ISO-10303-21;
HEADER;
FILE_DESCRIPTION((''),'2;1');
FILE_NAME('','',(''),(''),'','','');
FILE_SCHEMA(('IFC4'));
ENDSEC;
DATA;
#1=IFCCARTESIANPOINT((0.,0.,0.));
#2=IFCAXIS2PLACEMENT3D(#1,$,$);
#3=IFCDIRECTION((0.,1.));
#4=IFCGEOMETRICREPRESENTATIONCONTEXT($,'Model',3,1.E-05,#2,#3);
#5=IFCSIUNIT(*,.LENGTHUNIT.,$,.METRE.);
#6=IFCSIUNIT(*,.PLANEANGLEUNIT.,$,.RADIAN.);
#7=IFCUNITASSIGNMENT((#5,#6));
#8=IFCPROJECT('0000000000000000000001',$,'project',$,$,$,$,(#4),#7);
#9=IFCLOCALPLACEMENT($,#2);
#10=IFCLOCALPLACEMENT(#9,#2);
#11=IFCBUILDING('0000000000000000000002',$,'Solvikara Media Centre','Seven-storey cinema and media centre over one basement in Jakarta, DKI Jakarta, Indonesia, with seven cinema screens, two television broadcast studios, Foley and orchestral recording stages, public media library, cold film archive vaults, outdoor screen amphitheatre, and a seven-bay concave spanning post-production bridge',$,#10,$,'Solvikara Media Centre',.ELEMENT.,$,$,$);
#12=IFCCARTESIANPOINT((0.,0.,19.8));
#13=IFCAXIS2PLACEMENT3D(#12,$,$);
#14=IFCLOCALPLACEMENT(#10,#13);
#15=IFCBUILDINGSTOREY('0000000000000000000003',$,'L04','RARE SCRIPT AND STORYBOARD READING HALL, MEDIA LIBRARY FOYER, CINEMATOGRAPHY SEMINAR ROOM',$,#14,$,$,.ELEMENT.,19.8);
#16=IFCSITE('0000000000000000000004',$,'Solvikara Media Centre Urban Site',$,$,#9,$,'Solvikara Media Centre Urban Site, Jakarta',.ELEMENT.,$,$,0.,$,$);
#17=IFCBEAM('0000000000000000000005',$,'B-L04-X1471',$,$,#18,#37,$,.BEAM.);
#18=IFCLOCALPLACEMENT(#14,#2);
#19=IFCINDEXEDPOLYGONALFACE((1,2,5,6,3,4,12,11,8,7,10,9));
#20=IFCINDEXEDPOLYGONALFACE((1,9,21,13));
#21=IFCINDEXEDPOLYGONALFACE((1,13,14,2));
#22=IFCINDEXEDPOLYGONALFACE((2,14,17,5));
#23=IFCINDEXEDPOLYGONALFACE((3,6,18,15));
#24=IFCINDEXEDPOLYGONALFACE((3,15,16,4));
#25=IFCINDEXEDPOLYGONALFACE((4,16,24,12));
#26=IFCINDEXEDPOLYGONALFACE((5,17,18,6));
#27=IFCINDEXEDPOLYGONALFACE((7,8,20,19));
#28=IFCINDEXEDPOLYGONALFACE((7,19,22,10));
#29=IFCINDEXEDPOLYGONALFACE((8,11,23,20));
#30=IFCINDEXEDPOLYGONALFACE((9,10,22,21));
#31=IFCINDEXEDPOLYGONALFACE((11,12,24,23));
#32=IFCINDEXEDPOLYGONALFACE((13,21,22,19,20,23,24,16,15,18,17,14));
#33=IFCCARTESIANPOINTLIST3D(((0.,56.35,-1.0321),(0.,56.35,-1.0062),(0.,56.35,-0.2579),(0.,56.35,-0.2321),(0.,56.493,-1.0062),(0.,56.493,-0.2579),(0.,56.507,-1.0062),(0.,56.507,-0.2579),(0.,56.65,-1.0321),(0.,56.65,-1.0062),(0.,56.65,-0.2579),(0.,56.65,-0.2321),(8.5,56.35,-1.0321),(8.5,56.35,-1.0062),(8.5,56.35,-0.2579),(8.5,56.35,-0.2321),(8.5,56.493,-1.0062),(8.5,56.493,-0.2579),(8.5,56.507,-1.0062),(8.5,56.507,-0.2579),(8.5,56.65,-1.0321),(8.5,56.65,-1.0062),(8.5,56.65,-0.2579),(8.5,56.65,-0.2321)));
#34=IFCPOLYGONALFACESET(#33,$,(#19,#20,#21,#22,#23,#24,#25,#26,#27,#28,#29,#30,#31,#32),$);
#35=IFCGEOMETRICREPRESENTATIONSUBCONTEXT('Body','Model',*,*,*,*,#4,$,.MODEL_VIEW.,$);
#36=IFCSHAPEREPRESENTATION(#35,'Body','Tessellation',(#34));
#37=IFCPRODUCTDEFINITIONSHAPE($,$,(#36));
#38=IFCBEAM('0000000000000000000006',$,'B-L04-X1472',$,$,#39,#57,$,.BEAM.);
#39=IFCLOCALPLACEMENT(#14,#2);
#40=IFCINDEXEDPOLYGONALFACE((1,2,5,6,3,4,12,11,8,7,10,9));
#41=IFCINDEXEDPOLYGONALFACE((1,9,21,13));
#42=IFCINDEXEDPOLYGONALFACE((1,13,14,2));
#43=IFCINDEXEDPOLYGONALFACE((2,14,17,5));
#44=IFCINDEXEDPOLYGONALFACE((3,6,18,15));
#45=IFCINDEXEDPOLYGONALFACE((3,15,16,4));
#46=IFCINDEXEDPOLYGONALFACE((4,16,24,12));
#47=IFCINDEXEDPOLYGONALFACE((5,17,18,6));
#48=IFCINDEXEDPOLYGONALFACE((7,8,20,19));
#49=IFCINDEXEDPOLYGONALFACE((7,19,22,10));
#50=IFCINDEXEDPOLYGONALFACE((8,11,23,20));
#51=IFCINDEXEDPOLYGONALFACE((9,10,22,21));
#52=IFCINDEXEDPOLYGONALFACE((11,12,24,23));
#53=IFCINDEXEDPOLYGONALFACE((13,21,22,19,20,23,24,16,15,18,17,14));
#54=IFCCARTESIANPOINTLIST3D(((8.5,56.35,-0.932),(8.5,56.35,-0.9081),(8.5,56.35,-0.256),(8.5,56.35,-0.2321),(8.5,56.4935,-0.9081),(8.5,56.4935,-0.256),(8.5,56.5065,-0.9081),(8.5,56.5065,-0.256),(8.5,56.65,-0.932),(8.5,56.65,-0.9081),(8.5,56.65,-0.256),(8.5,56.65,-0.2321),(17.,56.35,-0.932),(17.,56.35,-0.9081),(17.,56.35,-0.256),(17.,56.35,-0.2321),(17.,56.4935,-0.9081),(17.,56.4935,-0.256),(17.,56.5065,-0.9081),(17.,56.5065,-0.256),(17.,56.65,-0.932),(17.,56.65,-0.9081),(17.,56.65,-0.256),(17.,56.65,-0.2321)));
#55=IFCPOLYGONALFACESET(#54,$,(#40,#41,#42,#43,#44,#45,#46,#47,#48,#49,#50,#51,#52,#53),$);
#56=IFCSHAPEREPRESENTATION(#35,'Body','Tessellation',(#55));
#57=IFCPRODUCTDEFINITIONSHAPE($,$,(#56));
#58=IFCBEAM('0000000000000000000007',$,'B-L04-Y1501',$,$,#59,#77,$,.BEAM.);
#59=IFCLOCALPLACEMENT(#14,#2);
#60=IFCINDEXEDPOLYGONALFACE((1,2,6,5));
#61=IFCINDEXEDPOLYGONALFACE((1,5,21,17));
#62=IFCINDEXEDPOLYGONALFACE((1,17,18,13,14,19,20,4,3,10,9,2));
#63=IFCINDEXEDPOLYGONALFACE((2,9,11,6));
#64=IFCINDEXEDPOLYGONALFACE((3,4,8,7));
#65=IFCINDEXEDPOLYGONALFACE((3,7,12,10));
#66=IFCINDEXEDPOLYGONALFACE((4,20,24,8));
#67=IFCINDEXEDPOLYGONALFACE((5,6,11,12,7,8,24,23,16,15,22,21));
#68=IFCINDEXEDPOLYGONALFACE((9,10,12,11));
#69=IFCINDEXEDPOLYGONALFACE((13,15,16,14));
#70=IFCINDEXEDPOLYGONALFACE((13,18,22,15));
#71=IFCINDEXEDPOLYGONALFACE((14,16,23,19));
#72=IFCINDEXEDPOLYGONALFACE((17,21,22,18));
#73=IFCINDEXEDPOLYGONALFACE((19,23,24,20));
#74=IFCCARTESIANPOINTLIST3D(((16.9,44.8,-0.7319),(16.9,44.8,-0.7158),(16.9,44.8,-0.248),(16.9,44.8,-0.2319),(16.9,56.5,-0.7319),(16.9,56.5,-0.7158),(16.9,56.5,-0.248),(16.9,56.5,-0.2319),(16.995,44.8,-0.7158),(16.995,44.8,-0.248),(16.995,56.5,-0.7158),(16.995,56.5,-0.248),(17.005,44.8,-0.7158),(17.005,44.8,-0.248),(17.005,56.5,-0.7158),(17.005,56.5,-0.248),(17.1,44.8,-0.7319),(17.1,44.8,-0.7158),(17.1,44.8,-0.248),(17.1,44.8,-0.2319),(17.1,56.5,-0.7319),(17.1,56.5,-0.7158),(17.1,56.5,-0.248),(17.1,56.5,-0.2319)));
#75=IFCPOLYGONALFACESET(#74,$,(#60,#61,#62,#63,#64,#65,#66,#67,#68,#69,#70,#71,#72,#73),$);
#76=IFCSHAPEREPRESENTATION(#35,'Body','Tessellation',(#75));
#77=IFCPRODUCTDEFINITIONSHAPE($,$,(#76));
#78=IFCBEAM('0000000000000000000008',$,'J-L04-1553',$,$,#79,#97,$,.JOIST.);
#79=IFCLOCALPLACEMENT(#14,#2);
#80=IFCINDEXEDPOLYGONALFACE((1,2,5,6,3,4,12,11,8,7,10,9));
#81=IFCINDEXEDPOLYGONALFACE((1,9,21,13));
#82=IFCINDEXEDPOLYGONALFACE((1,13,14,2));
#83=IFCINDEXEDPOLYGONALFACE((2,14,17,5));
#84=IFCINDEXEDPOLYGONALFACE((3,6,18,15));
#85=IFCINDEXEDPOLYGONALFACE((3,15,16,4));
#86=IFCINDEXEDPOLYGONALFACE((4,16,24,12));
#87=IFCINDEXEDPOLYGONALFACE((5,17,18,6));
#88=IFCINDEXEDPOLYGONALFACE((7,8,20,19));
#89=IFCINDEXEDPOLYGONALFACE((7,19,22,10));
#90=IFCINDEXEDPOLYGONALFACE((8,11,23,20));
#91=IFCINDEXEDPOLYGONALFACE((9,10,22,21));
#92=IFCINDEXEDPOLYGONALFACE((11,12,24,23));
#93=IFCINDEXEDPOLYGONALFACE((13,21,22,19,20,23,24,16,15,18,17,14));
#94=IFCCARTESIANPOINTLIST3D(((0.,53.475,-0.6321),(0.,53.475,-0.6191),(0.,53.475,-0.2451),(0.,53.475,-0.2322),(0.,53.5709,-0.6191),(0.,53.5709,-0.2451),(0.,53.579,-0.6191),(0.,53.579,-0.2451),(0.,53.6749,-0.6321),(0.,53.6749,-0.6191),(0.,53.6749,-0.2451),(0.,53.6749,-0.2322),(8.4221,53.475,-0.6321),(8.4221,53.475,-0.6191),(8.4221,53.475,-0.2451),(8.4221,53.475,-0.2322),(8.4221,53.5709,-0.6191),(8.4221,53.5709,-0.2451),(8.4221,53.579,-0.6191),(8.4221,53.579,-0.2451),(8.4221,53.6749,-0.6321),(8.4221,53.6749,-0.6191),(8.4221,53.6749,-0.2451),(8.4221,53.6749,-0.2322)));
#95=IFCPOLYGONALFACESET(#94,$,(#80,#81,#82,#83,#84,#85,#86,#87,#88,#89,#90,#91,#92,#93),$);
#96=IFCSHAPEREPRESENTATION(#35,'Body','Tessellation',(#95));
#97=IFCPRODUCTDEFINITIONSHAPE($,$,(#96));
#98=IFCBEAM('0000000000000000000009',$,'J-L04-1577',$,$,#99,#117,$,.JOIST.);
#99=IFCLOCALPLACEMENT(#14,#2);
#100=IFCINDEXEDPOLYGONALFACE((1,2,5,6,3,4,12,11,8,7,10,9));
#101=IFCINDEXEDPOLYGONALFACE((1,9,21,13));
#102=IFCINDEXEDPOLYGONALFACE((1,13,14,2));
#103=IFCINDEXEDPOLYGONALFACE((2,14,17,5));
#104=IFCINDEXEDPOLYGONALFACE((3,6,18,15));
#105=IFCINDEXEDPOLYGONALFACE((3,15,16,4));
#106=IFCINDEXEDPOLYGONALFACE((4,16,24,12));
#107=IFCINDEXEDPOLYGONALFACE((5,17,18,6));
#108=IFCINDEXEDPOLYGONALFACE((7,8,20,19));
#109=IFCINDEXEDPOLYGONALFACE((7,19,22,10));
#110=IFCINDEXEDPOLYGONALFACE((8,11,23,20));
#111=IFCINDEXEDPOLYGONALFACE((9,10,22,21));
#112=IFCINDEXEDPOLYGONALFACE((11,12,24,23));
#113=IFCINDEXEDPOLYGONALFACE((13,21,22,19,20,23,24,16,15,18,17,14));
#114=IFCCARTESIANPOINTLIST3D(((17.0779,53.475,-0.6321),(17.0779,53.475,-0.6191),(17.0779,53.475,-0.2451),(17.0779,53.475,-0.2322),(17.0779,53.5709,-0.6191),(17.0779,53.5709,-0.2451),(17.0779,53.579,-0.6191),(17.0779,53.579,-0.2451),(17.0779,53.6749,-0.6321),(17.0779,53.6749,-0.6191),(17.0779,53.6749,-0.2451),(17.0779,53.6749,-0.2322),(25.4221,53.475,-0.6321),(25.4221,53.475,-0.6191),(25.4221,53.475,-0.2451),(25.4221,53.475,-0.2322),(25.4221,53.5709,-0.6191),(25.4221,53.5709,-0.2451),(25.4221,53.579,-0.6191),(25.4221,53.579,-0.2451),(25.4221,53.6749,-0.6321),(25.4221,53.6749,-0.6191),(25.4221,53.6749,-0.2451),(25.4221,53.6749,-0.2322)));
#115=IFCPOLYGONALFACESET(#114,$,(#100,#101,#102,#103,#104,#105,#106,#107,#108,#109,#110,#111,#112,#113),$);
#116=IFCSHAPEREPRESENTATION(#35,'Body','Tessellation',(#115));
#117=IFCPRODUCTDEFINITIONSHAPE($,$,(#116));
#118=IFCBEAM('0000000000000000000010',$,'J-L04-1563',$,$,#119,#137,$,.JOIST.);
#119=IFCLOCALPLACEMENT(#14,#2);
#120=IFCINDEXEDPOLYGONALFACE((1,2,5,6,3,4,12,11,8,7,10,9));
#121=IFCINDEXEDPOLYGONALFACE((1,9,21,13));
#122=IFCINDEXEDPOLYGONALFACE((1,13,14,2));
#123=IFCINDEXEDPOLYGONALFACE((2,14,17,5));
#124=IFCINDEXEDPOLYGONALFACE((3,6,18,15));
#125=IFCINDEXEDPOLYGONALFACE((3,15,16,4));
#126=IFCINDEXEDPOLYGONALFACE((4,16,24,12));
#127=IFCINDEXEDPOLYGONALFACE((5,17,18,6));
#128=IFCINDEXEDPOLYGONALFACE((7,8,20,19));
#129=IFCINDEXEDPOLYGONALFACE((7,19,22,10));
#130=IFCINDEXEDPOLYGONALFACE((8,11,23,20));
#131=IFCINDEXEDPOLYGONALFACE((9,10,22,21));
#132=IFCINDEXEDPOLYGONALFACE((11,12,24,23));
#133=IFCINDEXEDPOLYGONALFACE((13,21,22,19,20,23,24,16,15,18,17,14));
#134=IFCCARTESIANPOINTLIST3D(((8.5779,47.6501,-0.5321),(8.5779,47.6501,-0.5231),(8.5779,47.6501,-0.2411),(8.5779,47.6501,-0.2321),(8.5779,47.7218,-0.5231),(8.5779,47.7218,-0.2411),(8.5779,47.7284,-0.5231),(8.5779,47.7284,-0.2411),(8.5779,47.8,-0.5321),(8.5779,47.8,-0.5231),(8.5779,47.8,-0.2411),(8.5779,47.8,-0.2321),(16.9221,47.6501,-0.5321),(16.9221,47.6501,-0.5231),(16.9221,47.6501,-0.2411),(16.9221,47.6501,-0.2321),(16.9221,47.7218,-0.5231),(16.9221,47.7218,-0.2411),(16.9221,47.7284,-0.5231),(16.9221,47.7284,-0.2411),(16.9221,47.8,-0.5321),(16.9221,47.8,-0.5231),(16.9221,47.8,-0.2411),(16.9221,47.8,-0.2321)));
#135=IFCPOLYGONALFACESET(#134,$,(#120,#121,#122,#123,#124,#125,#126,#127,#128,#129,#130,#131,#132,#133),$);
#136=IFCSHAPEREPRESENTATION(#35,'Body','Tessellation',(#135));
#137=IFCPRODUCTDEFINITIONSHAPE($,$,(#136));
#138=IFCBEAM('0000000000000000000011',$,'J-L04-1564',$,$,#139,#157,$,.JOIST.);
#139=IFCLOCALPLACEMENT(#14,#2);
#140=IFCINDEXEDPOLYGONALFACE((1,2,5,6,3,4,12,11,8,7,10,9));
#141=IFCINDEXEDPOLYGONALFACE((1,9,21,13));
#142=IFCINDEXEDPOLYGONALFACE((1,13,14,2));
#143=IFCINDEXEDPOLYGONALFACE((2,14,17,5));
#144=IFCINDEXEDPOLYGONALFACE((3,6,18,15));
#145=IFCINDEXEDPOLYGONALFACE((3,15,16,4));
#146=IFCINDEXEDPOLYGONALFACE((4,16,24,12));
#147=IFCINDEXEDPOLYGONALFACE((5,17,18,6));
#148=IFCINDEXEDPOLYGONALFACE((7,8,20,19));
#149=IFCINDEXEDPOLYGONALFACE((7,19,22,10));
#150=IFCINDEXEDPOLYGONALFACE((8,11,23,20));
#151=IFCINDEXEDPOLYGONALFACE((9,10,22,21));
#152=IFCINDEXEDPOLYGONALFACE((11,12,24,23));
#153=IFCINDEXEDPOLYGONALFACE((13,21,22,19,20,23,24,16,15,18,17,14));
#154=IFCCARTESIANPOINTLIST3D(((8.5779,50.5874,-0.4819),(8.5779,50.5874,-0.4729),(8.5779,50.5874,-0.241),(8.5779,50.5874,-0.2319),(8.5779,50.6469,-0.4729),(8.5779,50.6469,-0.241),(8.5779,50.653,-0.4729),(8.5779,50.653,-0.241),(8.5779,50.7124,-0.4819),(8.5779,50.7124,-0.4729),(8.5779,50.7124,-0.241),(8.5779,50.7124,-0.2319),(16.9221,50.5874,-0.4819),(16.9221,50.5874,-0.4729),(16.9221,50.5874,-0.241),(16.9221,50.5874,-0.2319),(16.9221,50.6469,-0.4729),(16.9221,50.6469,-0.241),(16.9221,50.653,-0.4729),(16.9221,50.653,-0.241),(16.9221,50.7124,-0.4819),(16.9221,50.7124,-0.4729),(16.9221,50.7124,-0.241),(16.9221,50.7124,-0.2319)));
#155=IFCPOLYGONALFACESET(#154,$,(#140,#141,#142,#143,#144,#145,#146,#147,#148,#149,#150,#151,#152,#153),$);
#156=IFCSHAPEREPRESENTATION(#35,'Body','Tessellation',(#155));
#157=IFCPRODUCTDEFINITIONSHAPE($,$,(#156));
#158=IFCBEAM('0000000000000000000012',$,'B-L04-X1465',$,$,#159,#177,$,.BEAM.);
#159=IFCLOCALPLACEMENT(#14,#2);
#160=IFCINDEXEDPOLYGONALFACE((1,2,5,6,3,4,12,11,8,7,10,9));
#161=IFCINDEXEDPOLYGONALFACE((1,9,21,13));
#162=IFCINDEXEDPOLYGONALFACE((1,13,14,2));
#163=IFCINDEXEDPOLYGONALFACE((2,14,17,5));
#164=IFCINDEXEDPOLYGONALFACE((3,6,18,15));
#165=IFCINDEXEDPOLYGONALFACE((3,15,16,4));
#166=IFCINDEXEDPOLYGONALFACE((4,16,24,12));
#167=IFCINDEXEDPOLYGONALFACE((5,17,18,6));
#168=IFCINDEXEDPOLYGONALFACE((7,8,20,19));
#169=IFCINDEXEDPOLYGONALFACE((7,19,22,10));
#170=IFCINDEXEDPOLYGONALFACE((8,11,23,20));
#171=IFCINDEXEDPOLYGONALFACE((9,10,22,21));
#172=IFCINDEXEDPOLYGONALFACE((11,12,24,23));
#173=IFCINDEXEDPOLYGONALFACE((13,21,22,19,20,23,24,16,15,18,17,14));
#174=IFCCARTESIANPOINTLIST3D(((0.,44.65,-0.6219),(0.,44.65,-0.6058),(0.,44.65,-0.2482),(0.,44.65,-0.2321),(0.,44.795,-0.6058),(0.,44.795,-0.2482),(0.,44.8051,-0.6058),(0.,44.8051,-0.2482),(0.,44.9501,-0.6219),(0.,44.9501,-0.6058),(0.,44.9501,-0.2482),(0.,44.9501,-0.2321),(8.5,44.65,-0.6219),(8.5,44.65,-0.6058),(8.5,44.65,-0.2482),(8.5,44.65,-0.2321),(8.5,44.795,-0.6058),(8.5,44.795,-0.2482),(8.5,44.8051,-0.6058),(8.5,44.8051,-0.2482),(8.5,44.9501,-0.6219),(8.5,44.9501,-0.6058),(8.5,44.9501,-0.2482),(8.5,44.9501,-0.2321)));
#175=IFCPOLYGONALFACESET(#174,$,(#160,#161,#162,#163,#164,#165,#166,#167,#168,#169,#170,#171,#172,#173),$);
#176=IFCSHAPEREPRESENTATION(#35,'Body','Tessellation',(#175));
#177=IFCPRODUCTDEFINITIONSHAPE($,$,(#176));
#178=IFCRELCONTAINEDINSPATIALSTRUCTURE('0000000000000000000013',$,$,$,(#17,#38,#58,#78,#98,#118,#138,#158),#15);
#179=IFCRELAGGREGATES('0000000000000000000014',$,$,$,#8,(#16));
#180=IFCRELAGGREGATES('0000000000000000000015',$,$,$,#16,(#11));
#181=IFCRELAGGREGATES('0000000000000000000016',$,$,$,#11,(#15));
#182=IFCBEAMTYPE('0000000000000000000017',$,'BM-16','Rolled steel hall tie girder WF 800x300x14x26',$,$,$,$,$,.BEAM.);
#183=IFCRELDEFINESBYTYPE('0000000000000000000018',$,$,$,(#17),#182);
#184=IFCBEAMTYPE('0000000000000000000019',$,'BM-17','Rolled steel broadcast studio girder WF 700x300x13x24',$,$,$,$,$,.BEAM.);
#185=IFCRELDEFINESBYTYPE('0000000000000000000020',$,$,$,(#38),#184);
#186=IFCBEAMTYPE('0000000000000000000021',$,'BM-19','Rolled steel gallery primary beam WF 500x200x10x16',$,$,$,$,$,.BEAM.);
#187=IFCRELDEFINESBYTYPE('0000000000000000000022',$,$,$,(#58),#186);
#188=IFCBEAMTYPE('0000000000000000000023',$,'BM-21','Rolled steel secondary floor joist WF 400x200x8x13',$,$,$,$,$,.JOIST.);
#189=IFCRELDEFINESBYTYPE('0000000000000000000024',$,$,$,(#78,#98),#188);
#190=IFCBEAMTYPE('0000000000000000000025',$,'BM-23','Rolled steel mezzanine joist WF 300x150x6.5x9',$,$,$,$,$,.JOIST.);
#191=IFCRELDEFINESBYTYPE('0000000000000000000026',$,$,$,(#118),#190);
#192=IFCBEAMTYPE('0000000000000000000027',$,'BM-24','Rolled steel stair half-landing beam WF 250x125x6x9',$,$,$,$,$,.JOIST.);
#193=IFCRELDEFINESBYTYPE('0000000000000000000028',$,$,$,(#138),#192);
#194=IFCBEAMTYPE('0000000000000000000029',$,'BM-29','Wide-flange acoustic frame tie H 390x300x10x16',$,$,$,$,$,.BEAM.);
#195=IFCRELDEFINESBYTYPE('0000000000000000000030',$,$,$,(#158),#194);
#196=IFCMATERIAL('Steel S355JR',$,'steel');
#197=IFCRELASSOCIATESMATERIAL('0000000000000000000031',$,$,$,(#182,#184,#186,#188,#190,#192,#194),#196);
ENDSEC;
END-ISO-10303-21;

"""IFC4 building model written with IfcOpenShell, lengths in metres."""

from ifc_helpers import new_model, si_unit, direction, frame, origin, origin_2d, place, context, subcontext, project, spatial, i_section, extrude, material, material_profile, profile_set, type_object, element, save


model = new_model("IFC4")

# Units and contexts
model_context = context("Model", 3, precision=1e-05, world=origin(), true_north=direction((0.0, 1.0)))
body_context = subcontext(model_context, "Body", "Model", "MODEL_VIEW")
ifc_project = project(units=[si_unit("LENGTHUNIT", "METRE"), si_unit("PLANEANGLEUNIT", "RADIAN")], contexts=[model_context])

# Site, building, storey
site_placement = place(None, origin())
site = spatial("IfcSite", under=ifc_project, at=site_placement, Name="Solvikara Media Centre Urban Site", LongName="Solvikara Media Centre Urban Site, Jakarta", CompositionType="ELEMENT", RefElevation=0.0)
building_placement = place(site_placement, origin())
building = spatial("IfcBuilding", under=site, at=building_placement, Name="Solvikara Media Centre", Description="Seven-storey cinema and media centre over one basement in Jakarta, DKI Jakarta, Indonesia, with seven cinema screens, two television broadcast studios, Foley and orchestral recording stages, public media library, cold film archive vaults, outdoor screen amphitheatre, and a seven-bay concave spanning post-production bridge", LongName="Solvikara Media Centre", CompositionType="ELEMENT")
storey_placement = place(building_placement, frame((0.0, 0.0, 19.8)))
storey = spatial("IfcBuildingStorey", under=building, at=storey_placement, Name="L04", Description="RARE SCRIPT AND STORYBOARD READING HALL, MEDIA LIBRARY FOYER, CINEMATOGRAPHY SEMINAR ROOM", CompositionType="ELEMENT", Elevation=19.8)

# Beams
ifc_material = material(Name="Steel S355JR", Category="steel")
ifc_material_profile_1 = material_profile(ifc_material, i_section(OverallWidth=0.3, OverallDepth=0.8, WebThickness=0.0139, FlangeThickness=0.0259, at=origin_2d()), Name="WF 800x300x14x26")
ifc_profile_set_1 = profile_set([ifc_material_profile_1], Name="Steel S355JR")
beam_type_1 = type_object("IfcBeamType", Name="BM-16", Description="Rolled steel hall tie girder WF 800x300x14x26", PredefinedType="BEAM", material=ifc_profile_set_1)
beam_1_placement = place(storey_placement, frame((0.0, 56.5, -0.6321), z_axis=(1.0, 0.0, 0.0), x_axis=(0.0, 1.0, 0.0)))
element("IfcBeam", 1, at=beam_1_placement, inside=storey, type_object=beam_type_1, Name="B-L04-X1471", PredefinedType="BEAM", context=body_context, shape_type="SweptSolid", body=[
    extrude(i_section(OverallWidth=0.3, OverallDepth=0.8, WebThickness=0.0139, FlangeThickness=0.0259, at=origin_2d()), origin(), (0.0, 0.0, 1.0), 8.5),
])
ifc_material_profile_2 = material_profile(ifc_material, i_section(OverallWidth=0.3, OverallDepth=0.7, WebThickness=0.0129, FlangeThickness=0.0239, at=origin_2d()), Name="WF 700x300x13x24")
ifc_profile_set_2 = profile_set([ifc_material_profile_2], Name="Steel S355JR")
beam_type_2 = type_object("IfcBeamType", Name="BM-17", Description="Rolled steel broadcast studio girder WF 700x300x13x24", PredefinedType="BEAM", material=ifc_profile_set_2)
beam_2_placement = place(storey_placement, frame((8.5, 56.5, -0.582), z_axis=(1.0, 0.0, 0.0), x_axis=(0.0, 1.0, 0.0)))
element("IfcBeam", 2, at=beam_2_placement, inside=storey, type_object=beam_type_2, Name="B-L04-X1472", PredefinedType="BEAM", context=body_context, shape_type="SweptSolid", body=[
    extrude(i_section(OverallWidth=0.3, OverallDepth=0.7, WebThickness=0.0129, FlangeThickness=0.0239, at=origin_2d()), origin(), (0.0, 0.0, 1.0), 8.5),
])
ifc_material_profile_3 = material_profile(ifc_material, i_section(OverallWidth=0.2, OverallDepth=0.5, WebThickness=0.01, FlangeThickness=0.0161, at=origin_2d()), Name="WF 500x200x10x16")
ifc_profile_set_3 = profile_set([ifc_material_profile_3], Name="Steel S355JR")
beam_type_3 = type_object("IfcBeamType", Name="BM-19", Description="Rolled steel gallery primary beam WF 500x200x10x16", PredefinedType="BEAM", material=ifc_profile_set_3)
beam_3_placement = place(storey_placement, frame((17.0, 44.8, -0.4819), z_axis=(0.0, 1.0, 0.0), x_axis=(-1.0, 0.0, 0.0)))
element("IfcBeam", 3, at=beam_3_placement, inside=storey, type_object=beam_type_3, Name="B-L04-Y1501", PredefinedType="BEAM", context=body_context, shape_type="SweptSolid", body=[
    extrude(i_section(OverallWidth=0.2, OverallDepth=0.5, WebThickness=0.01, FlangeThickness=0.0161, at=origin_2d()), origin(), (0.0, 0.0, 1.0), 11.7),
])
ifc_material_profile_4 = material_profile(ifc_material, i_section(OverallWidth=0.2, OverallDepth=0.3999, WebThickness=0.0081, FlangeThickness=0.0129, at=origin_2d()), Name="WF 400x200x8x13")
ifc_profile_set_4 = profile_set([ifc_material_profile_4], Name="Steel S355JR")
beam_type_4 = type_object("IfcBeamType", Name="BM-21", Description="Rolled steel secondary floor joist WF 400x200x8x13", PredefinedType="JOIST", material=ifc_profile_set_4)
beam_4_placement = place(storey_placement, frame((0.0, 53.575, -0.4321), z_axis=(1.0, 0.0, 0.0), x_axis=(0.0, 1.0, 0.0)))
element("IfcBeam", 4, at=beam_4_placement, inside=storey, type_object=beam_type_4, Name="J-L04-1553", PredefinedType="JOIST", context=body_context, shape_type="SweptSolid", body=[
    extrude(i_section(OverallWidth=0.2, OverallDepth=0.3999, WebThickness=0.0081, FlangeThickness=0.0129, at=origin_2d()), origin(), (0.0, 0.0, 1.0), 8.4221),
])
beam_5_placement = place(storey_placement, frame((17.0779, 53.575, -0.4321), z_axis=(1.0, 0.0, 0.0), x_axis=(0.0, 1.0, 0.0)))
element("IfcBeam", 5, at=beam_5_placement, inside=storey, type_object=beam_type_4, Name="J-L04-1577", PredefinedType="JOIST", context=body_context, shape_type="SweptSolid", body=[
    extrude(i_section(OverallWidth=0.2, OverallDepth=0.3999, WebThickness=0.0081, FlangeThickness=0.0129, at=origin_2d()), origin(), (0.0, 0.0, 1.0), 8.3442),
])
ifc_material_profile_5 = material_profile(ifc_material, i_section(OverallWidth=0.1499, OverallDepth=0.3, WebThickness=0.0066, FlangeThickness=0.009, at=origin_2d()), Name="WF 300x150x6.5x9")
ifc_profile_set_5 = profile_set([ifc_material_profile_5], Name="Steel S355JR")
beam_type_5 = type_object("IfcBeamType", Name="BM-23", Description="Rolled steel mezzanine joist WF 300x150x6.5x9", PredefinedType="JOIST", material=ifc_profile_set_5)
beam_6_placement = place(storey_placement, frame((8.5779, 47.7251, -0.3821), z_axis=(1.0, 0.0, 0.0), x_axis=(0.0, 1.0, 0.0)))
element("IfcBeam", 6, at=beam_6_placement, inside=storey, type_object=beam_type_5, Name="J-L04-1563", PredefinedType="JOIST", context=body_context, shape_type="SweptSolid", body=[
    extrude(i_section(OverallWidth=0.1499, OverallDepth=0.3, WebThickness=0.0066, FlangeThickness=0.009, at=origin_2d()), origin(), (0.0, 0.0, 1.0), 8.3442),
])
ifc_material_profile_6 = material_profile(ifc_material, i_section(OverallWidth=0.125, OverallDepth=0.25, WebThickness=0.0061, FlangeThickness=0.009, at=origin_2d()), Name="WF 250x125x6x9")
ifc_profile_set_6 = profile_set([ifc_material_profile_6], Name="Steel S355JR")
beam_type_6 = type_object("IfcBeamType", Name="BM-24", Description="Rolled steel stair half-landing beam WF 250x125x6x9", PredefinedType="JOIST", material=ifc_profile_set_6)
beam_7_placement = place(storey_placement, frame((8.5779, 50.6499, -0.3569), z_axis=(1.0, 0.0, 0.0), x_axis=(0.0, 1.0, 0.0)))
element("IfcBeam", 7, at=beam_7_placement, inside=storey, type_object=beam_type_6, Name="J-L04-1564", PredefinedType="JOIST", context=body_context, shape_type="SweptSolid", body=[
    extrude(i_section(OverallWidth=0.125, OverallDepth=0.25, WebThickness=0.0061, FlangeThickness=0.009, at=origin_2d()), origin(), (0.0, 0.0, 1.0), 8.3442),
])
ifc_material_profile_7 = material_profile(ifc_material, i_section(OverallWidth=0.3, OverallDepth=0.3899, WebThickness=0.01, FlangeThickness=0.0161, at=origin_2d()), Name="H 390x300x10x16")
ifc_profile_set_7 = profile_set([ifc_material_profile_7], Name="Steel S355JR")
beam_type_7 = type_object("IfcBeamType", Name="BM-29", Description="Wide-flange acoustic frame tie H 390x300x10x16", PredefinedType="BEAM", material=ifc_profile_set_7)
beam_8_placement = place(storey_placement, frame((0.0, 44.8, -0.427), z_axis=(1.0, 0.0, 0.0), x_axis=(0.0, 1.0, 0.0)))
element("IfcBeam", 8, at=beam_8_placement, inside=storey, type_object=beam_type_7, Name="B-L04-X1465", PredefinedType="BEAM", context=body_context, shape_type="SweptSolid", body=[
    extrude(i_section(OverallWidth=0.3, OverallDepth=0.3899, WebThickness=0.01, FlangeThickness=0.0161, at=origin_2d()), origin(), (0.0, 0.0, 1.0), 8.5),
])

save(model, "model.ifc")
